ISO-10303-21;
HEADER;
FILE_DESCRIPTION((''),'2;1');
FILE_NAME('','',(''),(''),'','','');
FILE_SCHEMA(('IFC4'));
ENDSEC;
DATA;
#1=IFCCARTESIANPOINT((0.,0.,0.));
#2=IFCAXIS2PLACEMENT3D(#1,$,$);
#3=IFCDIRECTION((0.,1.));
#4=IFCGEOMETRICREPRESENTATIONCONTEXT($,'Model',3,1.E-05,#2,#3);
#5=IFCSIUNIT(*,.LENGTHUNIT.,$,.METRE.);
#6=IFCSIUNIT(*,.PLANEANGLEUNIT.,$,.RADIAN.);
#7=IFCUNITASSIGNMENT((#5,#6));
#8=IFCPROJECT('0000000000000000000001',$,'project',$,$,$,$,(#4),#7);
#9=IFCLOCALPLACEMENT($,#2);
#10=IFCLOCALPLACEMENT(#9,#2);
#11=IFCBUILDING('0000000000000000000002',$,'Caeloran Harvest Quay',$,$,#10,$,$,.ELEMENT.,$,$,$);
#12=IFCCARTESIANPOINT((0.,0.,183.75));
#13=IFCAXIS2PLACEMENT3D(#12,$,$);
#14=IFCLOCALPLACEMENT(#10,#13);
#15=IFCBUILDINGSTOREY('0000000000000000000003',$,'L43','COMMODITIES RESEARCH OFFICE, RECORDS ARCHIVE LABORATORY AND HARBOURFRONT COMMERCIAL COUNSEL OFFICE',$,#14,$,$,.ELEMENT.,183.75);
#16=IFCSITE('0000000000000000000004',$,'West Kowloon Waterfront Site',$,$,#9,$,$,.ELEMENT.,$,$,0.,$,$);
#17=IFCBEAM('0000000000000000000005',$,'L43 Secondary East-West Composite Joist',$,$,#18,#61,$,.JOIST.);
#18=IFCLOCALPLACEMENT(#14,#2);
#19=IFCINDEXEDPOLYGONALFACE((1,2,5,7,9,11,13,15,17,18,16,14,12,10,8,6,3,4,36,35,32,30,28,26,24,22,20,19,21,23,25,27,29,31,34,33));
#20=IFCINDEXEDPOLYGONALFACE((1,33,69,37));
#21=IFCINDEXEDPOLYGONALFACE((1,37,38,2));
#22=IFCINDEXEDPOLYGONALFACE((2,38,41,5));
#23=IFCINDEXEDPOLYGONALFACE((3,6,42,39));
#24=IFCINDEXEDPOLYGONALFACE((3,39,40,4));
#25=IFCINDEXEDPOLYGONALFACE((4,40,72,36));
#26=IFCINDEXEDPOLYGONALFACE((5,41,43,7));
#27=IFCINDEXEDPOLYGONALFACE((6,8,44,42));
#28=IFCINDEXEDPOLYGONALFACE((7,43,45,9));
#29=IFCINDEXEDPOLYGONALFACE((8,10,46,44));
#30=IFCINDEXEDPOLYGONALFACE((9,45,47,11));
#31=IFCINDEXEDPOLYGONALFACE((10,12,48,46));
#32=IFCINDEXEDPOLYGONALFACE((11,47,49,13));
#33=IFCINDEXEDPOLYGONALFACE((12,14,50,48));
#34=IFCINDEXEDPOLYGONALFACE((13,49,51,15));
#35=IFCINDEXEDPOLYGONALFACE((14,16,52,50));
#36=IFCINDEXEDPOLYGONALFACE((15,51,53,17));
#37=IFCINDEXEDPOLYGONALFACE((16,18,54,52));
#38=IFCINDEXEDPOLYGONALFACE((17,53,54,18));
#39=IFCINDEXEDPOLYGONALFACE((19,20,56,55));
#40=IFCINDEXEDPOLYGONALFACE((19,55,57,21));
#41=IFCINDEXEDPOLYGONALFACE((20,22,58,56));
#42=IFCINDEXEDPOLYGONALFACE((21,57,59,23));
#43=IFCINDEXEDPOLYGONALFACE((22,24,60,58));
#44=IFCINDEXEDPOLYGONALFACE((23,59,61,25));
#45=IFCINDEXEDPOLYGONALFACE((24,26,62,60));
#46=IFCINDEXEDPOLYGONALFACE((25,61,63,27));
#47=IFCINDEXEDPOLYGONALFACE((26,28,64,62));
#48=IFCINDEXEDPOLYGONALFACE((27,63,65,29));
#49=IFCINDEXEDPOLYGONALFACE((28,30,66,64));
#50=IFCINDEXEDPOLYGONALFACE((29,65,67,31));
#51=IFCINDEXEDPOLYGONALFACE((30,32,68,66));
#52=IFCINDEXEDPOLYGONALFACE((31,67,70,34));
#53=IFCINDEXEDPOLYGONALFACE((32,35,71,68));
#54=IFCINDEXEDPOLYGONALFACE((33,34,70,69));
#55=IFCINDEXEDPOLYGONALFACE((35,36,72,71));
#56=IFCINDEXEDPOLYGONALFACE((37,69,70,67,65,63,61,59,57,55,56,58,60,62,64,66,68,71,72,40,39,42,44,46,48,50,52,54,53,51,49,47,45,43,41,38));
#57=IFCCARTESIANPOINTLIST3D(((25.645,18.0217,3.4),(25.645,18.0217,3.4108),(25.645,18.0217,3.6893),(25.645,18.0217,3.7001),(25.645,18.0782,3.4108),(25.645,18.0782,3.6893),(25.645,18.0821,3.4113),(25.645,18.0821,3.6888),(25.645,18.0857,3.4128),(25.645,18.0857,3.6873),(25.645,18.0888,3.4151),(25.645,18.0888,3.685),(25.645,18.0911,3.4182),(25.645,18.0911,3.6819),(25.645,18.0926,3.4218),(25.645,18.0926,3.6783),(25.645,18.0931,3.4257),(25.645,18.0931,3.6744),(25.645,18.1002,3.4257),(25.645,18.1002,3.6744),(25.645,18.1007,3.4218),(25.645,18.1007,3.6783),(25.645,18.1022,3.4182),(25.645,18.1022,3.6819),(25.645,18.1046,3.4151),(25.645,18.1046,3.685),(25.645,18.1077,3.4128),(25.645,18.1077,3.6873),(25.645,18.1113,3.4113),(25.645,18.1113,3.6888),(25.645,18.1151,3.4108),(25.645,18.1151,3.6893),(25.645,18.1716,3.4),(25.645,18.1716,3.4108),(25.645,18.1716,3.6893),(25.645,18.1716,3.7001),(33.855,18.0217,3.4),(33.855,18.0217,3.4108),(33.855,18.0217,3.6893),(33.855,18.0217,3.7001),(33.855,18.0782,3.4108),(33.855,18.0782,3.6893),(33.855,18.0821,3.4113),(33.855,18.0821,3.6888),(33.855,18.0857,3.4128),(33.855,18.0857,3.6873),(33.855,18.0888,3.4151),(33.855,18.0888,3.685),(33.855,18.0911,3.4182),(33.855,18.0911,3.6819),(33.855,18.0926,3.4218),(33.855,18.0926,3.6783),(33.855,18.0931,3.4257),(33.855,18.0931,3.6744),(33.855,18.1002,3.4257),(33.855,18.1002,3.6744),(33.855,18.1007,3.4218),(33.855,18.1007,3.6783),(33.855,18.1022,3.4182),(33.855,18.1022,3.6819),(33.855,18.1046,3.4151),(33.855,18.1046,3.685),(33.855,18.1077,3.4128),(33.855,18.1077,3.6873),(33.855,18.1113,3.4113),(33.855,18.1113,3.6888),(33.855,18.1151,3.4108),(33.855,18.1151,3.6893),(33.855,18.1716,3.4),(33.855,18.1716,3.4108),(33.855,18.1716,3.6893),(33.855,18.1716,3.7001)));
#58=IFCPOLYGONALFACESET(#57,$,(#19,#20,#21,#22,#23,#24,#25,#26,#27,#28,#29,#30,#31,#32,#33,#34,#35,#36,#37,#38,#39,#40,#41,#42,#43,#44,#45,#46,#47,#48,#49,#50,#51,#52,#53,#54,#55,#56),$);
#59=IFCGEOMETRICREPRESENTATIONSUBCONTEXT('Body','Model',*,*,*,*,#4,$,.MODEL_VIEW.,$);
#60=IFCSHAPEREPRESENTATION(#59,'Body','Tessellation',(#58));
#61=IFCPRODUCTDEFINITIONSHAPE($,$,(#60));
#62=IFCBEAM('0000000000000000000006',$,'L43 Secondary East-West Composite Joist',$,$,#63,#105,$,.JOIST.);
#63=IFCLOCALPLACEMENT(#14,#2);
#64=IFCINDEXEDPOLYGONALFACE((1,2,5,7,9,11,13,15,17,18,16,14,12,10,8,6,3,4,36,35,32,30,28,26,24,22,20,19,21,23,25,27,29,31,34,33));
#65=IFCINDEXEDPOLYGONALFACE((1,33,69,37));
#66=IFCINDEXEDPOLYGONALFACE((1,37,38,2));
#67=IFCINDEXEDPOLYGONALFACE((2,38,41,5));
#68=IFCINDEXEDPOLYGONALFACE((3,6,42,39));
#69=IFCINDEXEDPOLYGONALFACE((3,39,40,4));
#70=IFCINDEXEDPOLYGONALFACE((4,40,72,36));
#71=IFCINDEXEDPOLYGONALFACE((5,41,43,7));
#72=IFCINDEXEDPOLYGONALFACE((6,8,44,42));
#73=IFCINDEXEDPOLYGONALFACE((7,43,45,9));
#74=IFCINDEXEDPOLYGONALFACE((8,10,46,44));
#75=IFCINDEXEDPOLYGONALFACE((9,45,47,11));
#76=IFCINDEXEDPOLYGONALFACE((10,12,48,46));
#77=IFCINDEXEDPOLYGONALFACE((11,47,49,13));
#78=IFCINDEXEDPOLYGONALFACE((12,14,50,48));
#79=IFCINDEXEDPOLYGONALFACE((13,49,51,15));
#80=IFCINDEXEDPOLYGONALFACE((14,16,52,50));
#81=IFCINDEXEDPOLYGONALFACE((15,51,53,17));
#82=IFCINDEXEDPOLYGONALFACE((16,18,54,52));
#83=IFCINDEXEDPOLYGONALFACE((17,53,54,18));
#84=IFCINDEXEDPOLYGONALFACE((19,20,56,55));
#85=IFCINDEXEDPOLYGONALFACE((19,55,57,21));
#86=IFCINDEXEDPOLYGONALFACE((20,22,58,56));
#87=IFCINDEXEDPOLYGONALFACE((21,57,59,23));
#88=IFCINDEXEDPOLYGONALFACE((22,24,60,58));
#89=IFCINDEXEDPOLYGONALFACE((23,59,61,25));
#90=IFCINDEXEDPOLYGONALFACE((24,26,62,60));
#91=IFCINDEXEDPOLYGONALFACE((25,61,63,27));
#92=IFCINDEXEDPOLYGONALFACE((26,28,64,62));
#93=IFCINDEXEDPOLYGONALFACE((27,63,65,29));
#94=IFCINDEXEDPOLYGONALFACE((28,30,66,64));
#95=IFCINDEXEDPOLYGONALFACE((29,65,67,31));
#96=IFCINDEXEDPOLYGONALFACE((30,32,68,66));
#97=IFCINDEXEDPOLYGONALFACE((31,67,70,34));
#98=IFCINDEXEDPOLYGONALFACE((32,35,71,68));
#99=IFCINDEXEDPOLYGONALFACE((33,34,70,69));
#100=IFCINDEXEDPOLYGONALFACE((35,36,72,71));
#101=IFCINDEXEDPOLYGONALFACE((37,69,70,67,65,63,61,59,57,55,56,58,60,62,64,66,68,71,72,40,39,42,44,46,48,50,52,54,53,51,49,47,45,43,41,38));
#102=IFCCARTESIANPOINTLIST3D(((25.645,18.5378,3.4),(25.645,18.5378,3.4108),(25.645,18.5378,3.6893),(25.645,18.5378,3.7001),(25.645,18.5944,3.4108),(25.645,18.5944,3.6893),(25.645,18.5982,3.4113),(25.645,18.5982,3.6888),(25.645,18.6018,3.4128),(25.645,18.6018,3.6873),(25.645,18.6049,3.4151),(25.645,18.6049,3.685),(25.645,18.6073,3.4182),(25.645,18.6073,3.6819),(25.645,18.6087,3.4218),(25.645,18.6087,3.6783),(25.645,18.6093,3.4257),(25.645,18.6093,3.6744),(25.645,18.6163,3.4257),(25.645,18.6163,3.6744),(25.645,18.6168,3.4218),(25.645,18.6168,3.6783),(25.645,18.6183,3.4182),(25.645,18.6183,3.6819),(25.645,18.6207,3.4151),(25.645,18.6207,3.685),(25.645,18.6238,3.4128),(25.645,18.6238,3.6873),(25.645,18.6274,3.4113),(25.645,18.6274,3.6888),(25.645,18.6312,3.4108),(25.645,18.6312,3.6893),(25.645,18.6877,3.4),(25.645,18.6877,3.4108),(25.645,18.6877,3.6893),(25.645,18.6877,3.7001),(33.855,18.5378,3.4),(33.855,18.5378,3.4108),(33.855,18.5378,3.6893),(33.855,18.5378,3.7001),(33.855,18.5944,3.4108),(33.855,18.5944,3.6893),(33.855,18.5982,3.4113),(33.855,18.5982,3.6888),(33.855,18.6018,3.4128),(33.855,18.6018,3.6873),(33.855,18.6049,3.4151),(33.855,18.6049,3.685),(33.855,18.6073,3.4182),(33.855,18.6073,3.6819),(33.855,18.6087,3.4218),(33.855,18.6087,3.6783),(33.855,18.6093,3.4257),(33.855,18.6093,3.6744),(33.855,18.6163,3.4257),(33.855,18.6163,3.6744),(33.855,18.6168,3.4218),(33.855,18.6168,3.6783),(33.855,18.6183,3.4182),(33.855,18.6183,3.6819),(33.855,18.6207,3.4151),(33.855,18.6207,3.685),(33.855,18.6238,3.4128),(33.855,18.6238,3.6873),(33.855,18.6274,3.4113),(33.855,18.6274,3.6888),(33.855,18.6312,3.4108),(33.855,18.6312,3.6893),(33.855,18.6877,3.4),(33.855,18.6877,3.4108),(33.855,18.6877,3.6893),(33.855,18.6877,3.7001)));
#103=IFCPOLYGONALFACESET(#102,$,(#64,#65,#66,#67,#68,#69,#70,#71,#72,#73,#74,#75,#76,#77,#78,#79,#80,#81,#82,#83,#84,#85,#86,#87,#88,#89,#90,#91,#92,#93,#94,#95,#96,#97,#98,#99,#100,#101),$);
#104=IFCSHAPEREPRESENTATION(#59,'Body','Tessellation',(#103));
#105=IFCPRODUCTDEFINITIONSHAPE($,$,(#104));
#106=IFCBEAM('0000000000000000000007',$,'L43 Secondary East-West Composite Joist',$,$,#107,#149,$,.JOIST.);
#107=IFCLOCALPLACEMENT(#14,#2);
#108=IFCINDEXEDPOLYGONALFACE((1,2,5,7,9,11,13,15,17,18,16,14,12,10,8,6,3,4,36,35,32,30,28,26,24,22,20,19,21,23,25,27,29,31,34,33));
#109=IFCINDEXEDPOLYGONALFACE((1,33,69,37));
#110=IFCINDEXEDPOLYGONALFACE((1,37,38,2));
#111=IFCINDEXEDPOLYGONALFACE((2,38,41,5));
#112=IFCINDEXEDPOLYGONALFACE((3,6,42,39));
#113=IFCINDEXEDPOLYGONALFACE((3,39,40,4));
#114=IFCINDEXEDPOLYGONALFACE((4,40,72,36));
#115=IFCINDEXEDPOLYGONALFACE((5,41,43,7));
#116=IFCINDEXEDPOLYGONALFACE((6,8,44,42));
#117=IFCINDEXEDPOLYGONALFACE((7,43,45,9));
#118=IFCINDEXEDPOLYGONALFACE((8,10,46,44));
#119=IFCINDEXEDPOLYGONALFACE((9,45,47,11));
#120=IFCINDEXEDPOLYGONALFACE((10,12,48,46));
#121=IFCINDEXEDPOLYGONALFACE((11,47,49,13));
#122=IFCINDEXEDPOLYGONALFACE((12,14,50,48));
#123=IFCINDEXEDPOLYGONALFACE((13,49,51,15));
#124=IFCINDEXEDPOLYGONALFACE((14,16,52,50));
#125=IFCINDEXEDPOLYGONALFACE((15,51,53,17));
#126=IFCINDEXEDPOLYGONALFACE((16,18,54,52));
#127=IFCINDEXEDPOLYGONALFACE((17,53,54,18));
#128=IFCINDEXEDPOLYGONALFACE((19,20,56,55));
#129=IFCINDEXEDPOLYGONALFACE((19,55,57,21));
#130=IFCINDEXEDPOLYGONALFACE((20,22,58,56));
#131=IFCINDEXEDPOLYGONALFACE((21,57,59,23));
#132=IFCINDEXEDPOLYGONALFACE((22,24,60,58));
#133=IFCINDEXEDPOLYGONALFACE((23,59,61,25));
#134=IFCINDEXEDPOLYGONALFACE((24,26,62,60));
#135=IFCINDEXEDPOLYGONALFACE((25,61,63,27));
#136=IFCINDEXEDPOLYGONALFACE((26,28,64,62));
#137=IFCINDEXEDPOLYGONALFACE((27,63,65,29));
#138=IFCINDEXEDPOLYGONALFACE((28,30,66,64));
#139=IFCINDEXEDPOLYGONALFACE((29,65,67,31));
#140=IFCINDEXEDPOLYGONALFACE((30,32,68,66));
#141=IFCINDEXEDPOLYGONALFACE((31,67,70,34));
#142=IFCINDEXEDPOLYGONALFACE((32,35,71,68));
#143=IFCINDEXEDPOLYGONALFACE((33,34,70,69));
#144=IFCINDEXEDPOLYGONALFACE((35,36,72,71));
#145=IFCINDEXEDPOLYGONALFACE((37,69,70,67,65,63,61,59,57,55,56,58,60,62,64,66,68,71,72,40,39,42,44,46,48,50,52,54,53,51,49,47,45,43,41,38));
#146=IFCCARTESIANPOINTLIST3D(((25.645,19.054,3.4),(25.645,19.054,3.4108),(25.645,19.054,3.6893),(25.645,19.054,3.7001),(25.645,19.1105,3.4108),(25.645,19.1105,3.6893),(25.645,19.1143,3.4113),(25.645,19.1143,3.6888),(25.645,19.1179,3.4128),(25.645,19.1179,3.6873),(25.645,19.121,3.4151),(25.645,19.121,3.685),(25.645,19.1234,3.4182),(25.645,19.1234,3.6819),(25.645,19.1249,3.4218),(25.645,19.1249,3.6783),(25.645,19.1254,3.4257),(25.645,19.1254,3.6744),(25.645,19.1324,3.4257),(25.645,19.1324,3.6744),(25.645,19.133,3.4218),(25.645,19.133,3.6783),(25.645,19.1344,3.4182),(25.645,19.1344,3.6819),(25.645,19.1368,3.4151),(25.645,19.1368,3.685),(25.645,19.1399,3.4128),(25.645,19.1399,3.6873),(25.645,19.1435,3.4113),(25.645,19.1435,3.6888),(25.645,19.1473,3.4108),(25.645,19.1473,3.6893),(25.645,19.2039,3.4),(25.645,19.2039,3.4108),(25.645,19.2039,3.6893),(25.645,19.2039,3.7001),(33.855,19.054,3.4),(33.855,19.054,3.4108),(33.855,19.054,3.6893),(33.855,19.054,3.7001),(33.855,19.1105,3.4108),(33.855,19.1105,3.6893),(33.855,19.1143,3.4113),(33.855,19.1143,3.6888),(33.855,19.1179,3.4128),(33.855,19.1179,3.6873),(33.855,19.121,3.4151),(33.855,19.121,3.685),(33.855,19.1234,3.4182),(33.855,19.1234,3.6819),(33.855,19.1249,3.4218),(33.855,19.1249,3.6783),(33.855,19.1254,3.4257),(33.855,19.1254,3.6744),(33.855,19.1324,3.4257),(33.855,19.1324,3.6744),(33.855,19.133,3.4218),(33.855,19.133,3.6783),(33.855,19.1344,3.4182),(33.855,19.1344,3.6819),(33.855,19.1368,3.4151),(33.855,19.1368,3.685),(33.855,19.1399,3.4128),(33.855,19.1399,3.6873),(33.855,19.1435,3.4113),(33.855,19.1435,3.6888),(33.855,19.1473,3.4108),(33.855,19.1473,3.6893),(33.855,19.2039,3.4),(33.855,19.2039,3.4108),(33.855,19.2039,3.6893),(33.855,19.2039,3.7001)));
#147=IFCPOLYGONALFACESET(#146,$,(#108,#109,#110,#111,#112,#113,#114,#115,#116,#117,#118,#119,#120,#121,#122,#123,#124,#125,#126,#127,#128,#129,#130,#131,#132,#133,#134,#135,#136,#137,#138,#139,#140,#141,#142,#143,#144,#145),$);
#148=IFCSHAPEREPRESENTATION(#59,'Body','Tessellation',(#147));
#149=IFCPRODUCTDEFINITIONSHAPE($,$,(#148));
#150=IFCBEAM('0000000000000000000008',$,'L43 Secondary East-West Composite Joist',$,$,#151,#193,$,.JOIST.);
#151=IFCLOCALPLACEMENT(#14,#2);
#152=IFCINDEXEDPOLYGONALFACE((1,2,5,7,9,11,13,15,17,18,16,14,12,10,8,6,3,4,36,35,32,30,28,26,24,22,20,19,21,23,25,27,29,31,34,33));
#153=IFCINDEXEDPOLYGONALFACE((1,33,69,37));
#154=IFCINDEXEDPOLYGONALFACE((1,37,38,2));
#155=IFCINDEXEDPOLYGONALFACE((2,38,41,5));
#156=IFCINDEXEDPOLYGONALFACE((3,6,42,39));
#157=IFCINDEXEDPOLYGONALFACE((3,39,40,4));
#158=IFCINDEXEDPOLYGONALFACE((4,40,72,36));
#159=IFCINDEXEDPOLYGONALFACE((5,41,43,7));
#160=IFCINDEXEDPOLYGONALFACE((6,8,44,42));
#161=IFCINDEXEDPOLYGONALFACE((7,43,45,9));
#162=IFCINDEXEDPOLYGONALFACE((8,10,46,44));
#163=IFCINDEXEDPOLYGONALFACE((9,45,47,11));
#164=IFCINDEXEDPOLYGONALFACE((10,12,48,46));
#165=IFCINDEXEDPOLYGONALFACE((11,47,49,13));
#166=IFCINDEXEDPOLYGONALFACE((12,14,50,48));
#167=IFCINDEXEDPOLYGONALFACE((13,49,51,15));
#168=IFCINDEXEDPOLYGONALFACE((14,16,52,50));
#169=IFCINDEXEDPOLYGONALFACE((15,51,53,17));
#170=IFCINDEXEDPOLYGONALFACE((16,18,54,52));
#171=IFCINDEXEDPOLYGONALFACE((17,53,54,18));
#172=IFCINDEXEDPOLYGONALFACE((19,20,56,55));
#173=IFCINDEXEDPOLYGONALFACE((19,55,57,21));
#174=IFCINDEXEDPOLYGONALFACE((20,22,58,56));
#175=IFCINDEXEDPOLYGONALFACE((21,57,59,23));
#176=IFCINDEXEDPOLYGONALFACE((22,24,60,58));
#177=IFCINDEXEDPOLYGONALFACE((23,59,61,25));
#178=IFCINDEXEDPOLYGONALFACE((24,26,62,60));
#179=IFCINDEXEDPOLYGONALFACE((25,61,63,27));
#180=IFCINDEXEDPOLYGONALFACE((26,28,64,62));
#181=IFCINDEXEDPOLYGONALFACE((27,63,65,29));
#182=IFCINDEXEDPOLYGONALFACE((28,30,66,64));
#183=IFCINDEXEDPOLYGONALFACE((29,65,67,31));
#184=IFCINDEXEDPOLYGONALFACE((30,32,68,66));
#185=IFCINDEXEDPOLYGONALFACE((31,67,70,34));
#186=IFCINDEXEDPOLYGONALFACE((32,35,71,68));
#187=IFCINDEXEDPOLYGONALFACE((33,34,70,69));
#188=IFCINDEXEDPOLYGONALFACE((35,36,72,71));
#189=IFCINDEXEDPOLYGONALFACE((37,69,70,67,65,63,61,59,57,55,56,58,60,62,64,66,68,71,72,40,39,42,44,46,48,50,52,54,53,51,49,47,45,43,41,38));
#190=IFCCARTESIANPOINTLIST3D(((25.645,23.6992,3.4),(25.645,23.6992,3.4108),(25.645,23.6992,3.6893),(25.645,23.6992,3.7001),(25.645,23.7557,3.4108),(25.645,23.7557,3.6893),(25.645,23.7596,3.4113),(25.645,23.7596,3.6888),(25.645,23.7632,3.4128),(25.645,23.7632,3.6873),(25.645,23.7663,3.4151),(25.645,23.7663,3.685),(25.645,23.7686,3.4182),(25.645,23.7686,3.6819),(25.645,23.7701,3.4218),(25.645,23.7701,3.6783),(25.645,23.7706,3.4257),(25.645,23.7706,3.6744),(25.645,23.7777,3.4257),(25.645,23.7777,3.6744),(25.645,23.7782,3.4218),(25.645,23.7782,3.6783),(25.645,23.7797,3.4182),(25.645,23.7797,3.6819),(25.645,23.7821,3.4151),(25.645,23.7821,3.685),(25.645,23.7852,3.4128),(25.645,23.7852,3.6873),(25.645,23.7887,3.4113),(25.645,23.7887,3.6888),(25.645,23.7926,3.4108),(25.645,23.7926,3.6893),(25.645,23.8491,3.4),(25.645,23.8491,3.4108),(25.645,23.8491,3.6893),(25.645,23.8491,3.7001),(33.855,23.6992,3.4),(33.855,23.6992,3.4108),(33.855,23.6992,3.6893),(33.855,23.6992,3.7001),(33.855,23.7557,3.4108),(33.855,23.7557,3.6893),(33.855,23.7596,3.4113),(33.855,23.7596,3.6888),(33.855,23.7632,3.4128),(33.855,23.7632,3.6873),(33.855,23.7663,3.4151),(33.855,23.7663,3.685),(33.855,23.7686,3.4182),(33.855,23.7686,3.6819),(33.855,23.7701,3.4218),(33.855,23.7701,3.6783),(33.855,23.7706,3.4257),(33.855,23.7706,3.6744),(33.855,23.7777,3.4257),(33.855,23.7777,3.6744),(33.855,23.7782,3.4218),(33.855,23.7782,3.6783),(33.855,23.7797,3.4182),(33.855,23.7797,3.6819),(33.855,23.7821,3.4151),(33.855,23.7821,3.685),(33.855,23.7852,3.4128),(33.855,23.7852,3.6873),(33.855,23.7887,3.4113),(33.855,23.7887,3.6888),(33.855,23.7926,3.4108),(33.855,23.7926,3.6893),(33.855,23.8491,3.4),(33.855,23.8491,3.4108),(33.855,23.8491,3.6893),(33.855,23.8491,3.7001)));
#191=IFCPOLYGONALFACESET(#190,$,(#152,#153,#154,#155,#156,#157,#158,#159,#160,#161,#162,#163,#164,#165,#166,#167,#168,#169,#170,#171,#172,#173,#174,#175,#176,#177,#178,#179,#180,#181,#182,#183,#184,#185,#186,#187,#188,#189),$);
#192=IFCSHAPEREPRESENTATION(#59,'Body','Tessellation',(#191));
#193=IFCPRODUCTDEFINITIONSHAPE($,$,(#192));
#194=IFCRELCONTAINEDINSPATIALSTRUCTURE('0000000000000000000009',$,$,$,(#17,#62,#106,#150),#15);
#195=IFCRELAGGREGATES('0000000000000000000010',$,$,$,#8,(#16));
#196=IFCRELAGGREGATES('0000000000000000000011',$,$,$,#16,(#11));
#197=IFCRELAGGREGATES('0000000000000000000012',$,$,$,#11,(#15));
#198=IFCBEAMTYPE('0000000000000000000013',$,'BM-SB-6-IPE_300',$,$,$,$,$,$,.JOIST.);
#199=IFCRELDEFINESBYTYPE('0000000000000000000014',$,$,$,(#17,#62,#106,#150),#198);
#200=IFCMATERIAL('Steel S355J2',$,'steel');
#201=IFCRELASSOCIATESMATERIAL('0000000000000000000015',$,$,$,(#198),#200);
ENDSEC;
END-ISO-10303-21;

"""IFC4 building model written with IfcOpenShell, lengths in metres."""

from ifc_helpers import new_model, si_unit, direction, frame, origin, origin_2d, place, context, subcontext, project, spatial, i_section, extrude, material, material_profile, profile_set, type_object, element, save


model = new_model("IFC4")

# Units and contexts
model_context = context("Model", 3, precision=1e-05, world=origin(), true_north=direction((0.0, 1.0)))
body_context = subcontext(model_context, "Body", "Model", "MODEL_VIEW")
ifc_project = project(units=[si_unit("LENGTHUNIT", "METRE"), si_unit("PLANEANGLEUNIT", "RADIAN")], contexts=[model_context])

# Site, building, storey
site_placement = place(None, origin())
site = spatial("IfcSite", under=ifc_project, at=site_placement, Name="West Kowloon Waterfront Site", CompositionType="ELEMENT", RefElevation=0.0)
building_placement = place(site_placement, origin())
building = spatial("IfcBuilding", under=site, at=building_placement, Name="Caeloran Harvest Quay", CompositionType="ELEMENT")
storey_placement = place(building_placement, frame((0.0, 0.0, 183.75)))
storey = spatial("IfcBuildingStorey", under=building, at=storey_placement, Name="L43", Description="COMMODITIES RESEARCH OFFICE, RECORDS ARCHIVE LABORATORY AND HARBOURFRONT COMMERCIAL COUNSEL OFFICE", CompositionType="ELEMENT", Elevation=183.75)

# Beams
ifc_material_1 = material(Name="Steel S355J2", Category="steel")
ifc_material_profile_1 = material_profile(ifc_material_1, i_section(OverallWidth=0.1499, OverallDepth=0.3, WebThickness=0.0071, FlangeThickness=0.0107, FilletRadius=0.0149, at=origin_2d()), Name="IPE 300")
ifc_profile_set_1 = profile_set([ifc_material_profile_1], Name="Steel S355J2")
beam_type_1 = type_object("IfcBeamType", Name="BM-SB-6-IPE_300", PredefinedType="JOIST", material=ifc_profile_set_1)
for number, where, z_axis, x_axis, name in (
    (1, (25.645, 18.0967, 3.55), (1.0, 0.0, 0.0), (0.0, 1.0, 0.0), "L43 Secondary East-West Composite Joist"),
    (2, (25.645, 18.6128, 3.55), (1.0, 0.0, 0.0), (0.0, 1.0, 0.0), "L43 Secondary East-West Composite Joist"),
    (3, (25.645, 19.1289, 3.55), (1.0, 0.0, 0.0), (0.0, 1.0, 0.0), "L43 Secondary East-West Composite Joist"),
    (4, (25.645, 23.7742, 3.55), (1.0, 0.0, 0.0), (0.0, 1.0, 0.0), "L43 Secondary East-West Composite Joist"),
):
    element("IfcBeam", number, at=place(storey_placement, frame(where, z_axis=z_axis, x_axis=x_axis)), inside=storey, type_object=beam_type_1, Name=name, PredefinedType="JOIST", context=body_context, shape_type="SweptSolid", body=[
        extrude(i_section(OverallWidth=0.1499, OverallDepth=0.3, WebThickness=0.0071, FlangeThickness=0.0107, FilletRadius=0.0149, at=origin_2d()), origin(), (0.0, 0.0, 1.0), 8.21),
    ])

save(model, "model.ifc")
